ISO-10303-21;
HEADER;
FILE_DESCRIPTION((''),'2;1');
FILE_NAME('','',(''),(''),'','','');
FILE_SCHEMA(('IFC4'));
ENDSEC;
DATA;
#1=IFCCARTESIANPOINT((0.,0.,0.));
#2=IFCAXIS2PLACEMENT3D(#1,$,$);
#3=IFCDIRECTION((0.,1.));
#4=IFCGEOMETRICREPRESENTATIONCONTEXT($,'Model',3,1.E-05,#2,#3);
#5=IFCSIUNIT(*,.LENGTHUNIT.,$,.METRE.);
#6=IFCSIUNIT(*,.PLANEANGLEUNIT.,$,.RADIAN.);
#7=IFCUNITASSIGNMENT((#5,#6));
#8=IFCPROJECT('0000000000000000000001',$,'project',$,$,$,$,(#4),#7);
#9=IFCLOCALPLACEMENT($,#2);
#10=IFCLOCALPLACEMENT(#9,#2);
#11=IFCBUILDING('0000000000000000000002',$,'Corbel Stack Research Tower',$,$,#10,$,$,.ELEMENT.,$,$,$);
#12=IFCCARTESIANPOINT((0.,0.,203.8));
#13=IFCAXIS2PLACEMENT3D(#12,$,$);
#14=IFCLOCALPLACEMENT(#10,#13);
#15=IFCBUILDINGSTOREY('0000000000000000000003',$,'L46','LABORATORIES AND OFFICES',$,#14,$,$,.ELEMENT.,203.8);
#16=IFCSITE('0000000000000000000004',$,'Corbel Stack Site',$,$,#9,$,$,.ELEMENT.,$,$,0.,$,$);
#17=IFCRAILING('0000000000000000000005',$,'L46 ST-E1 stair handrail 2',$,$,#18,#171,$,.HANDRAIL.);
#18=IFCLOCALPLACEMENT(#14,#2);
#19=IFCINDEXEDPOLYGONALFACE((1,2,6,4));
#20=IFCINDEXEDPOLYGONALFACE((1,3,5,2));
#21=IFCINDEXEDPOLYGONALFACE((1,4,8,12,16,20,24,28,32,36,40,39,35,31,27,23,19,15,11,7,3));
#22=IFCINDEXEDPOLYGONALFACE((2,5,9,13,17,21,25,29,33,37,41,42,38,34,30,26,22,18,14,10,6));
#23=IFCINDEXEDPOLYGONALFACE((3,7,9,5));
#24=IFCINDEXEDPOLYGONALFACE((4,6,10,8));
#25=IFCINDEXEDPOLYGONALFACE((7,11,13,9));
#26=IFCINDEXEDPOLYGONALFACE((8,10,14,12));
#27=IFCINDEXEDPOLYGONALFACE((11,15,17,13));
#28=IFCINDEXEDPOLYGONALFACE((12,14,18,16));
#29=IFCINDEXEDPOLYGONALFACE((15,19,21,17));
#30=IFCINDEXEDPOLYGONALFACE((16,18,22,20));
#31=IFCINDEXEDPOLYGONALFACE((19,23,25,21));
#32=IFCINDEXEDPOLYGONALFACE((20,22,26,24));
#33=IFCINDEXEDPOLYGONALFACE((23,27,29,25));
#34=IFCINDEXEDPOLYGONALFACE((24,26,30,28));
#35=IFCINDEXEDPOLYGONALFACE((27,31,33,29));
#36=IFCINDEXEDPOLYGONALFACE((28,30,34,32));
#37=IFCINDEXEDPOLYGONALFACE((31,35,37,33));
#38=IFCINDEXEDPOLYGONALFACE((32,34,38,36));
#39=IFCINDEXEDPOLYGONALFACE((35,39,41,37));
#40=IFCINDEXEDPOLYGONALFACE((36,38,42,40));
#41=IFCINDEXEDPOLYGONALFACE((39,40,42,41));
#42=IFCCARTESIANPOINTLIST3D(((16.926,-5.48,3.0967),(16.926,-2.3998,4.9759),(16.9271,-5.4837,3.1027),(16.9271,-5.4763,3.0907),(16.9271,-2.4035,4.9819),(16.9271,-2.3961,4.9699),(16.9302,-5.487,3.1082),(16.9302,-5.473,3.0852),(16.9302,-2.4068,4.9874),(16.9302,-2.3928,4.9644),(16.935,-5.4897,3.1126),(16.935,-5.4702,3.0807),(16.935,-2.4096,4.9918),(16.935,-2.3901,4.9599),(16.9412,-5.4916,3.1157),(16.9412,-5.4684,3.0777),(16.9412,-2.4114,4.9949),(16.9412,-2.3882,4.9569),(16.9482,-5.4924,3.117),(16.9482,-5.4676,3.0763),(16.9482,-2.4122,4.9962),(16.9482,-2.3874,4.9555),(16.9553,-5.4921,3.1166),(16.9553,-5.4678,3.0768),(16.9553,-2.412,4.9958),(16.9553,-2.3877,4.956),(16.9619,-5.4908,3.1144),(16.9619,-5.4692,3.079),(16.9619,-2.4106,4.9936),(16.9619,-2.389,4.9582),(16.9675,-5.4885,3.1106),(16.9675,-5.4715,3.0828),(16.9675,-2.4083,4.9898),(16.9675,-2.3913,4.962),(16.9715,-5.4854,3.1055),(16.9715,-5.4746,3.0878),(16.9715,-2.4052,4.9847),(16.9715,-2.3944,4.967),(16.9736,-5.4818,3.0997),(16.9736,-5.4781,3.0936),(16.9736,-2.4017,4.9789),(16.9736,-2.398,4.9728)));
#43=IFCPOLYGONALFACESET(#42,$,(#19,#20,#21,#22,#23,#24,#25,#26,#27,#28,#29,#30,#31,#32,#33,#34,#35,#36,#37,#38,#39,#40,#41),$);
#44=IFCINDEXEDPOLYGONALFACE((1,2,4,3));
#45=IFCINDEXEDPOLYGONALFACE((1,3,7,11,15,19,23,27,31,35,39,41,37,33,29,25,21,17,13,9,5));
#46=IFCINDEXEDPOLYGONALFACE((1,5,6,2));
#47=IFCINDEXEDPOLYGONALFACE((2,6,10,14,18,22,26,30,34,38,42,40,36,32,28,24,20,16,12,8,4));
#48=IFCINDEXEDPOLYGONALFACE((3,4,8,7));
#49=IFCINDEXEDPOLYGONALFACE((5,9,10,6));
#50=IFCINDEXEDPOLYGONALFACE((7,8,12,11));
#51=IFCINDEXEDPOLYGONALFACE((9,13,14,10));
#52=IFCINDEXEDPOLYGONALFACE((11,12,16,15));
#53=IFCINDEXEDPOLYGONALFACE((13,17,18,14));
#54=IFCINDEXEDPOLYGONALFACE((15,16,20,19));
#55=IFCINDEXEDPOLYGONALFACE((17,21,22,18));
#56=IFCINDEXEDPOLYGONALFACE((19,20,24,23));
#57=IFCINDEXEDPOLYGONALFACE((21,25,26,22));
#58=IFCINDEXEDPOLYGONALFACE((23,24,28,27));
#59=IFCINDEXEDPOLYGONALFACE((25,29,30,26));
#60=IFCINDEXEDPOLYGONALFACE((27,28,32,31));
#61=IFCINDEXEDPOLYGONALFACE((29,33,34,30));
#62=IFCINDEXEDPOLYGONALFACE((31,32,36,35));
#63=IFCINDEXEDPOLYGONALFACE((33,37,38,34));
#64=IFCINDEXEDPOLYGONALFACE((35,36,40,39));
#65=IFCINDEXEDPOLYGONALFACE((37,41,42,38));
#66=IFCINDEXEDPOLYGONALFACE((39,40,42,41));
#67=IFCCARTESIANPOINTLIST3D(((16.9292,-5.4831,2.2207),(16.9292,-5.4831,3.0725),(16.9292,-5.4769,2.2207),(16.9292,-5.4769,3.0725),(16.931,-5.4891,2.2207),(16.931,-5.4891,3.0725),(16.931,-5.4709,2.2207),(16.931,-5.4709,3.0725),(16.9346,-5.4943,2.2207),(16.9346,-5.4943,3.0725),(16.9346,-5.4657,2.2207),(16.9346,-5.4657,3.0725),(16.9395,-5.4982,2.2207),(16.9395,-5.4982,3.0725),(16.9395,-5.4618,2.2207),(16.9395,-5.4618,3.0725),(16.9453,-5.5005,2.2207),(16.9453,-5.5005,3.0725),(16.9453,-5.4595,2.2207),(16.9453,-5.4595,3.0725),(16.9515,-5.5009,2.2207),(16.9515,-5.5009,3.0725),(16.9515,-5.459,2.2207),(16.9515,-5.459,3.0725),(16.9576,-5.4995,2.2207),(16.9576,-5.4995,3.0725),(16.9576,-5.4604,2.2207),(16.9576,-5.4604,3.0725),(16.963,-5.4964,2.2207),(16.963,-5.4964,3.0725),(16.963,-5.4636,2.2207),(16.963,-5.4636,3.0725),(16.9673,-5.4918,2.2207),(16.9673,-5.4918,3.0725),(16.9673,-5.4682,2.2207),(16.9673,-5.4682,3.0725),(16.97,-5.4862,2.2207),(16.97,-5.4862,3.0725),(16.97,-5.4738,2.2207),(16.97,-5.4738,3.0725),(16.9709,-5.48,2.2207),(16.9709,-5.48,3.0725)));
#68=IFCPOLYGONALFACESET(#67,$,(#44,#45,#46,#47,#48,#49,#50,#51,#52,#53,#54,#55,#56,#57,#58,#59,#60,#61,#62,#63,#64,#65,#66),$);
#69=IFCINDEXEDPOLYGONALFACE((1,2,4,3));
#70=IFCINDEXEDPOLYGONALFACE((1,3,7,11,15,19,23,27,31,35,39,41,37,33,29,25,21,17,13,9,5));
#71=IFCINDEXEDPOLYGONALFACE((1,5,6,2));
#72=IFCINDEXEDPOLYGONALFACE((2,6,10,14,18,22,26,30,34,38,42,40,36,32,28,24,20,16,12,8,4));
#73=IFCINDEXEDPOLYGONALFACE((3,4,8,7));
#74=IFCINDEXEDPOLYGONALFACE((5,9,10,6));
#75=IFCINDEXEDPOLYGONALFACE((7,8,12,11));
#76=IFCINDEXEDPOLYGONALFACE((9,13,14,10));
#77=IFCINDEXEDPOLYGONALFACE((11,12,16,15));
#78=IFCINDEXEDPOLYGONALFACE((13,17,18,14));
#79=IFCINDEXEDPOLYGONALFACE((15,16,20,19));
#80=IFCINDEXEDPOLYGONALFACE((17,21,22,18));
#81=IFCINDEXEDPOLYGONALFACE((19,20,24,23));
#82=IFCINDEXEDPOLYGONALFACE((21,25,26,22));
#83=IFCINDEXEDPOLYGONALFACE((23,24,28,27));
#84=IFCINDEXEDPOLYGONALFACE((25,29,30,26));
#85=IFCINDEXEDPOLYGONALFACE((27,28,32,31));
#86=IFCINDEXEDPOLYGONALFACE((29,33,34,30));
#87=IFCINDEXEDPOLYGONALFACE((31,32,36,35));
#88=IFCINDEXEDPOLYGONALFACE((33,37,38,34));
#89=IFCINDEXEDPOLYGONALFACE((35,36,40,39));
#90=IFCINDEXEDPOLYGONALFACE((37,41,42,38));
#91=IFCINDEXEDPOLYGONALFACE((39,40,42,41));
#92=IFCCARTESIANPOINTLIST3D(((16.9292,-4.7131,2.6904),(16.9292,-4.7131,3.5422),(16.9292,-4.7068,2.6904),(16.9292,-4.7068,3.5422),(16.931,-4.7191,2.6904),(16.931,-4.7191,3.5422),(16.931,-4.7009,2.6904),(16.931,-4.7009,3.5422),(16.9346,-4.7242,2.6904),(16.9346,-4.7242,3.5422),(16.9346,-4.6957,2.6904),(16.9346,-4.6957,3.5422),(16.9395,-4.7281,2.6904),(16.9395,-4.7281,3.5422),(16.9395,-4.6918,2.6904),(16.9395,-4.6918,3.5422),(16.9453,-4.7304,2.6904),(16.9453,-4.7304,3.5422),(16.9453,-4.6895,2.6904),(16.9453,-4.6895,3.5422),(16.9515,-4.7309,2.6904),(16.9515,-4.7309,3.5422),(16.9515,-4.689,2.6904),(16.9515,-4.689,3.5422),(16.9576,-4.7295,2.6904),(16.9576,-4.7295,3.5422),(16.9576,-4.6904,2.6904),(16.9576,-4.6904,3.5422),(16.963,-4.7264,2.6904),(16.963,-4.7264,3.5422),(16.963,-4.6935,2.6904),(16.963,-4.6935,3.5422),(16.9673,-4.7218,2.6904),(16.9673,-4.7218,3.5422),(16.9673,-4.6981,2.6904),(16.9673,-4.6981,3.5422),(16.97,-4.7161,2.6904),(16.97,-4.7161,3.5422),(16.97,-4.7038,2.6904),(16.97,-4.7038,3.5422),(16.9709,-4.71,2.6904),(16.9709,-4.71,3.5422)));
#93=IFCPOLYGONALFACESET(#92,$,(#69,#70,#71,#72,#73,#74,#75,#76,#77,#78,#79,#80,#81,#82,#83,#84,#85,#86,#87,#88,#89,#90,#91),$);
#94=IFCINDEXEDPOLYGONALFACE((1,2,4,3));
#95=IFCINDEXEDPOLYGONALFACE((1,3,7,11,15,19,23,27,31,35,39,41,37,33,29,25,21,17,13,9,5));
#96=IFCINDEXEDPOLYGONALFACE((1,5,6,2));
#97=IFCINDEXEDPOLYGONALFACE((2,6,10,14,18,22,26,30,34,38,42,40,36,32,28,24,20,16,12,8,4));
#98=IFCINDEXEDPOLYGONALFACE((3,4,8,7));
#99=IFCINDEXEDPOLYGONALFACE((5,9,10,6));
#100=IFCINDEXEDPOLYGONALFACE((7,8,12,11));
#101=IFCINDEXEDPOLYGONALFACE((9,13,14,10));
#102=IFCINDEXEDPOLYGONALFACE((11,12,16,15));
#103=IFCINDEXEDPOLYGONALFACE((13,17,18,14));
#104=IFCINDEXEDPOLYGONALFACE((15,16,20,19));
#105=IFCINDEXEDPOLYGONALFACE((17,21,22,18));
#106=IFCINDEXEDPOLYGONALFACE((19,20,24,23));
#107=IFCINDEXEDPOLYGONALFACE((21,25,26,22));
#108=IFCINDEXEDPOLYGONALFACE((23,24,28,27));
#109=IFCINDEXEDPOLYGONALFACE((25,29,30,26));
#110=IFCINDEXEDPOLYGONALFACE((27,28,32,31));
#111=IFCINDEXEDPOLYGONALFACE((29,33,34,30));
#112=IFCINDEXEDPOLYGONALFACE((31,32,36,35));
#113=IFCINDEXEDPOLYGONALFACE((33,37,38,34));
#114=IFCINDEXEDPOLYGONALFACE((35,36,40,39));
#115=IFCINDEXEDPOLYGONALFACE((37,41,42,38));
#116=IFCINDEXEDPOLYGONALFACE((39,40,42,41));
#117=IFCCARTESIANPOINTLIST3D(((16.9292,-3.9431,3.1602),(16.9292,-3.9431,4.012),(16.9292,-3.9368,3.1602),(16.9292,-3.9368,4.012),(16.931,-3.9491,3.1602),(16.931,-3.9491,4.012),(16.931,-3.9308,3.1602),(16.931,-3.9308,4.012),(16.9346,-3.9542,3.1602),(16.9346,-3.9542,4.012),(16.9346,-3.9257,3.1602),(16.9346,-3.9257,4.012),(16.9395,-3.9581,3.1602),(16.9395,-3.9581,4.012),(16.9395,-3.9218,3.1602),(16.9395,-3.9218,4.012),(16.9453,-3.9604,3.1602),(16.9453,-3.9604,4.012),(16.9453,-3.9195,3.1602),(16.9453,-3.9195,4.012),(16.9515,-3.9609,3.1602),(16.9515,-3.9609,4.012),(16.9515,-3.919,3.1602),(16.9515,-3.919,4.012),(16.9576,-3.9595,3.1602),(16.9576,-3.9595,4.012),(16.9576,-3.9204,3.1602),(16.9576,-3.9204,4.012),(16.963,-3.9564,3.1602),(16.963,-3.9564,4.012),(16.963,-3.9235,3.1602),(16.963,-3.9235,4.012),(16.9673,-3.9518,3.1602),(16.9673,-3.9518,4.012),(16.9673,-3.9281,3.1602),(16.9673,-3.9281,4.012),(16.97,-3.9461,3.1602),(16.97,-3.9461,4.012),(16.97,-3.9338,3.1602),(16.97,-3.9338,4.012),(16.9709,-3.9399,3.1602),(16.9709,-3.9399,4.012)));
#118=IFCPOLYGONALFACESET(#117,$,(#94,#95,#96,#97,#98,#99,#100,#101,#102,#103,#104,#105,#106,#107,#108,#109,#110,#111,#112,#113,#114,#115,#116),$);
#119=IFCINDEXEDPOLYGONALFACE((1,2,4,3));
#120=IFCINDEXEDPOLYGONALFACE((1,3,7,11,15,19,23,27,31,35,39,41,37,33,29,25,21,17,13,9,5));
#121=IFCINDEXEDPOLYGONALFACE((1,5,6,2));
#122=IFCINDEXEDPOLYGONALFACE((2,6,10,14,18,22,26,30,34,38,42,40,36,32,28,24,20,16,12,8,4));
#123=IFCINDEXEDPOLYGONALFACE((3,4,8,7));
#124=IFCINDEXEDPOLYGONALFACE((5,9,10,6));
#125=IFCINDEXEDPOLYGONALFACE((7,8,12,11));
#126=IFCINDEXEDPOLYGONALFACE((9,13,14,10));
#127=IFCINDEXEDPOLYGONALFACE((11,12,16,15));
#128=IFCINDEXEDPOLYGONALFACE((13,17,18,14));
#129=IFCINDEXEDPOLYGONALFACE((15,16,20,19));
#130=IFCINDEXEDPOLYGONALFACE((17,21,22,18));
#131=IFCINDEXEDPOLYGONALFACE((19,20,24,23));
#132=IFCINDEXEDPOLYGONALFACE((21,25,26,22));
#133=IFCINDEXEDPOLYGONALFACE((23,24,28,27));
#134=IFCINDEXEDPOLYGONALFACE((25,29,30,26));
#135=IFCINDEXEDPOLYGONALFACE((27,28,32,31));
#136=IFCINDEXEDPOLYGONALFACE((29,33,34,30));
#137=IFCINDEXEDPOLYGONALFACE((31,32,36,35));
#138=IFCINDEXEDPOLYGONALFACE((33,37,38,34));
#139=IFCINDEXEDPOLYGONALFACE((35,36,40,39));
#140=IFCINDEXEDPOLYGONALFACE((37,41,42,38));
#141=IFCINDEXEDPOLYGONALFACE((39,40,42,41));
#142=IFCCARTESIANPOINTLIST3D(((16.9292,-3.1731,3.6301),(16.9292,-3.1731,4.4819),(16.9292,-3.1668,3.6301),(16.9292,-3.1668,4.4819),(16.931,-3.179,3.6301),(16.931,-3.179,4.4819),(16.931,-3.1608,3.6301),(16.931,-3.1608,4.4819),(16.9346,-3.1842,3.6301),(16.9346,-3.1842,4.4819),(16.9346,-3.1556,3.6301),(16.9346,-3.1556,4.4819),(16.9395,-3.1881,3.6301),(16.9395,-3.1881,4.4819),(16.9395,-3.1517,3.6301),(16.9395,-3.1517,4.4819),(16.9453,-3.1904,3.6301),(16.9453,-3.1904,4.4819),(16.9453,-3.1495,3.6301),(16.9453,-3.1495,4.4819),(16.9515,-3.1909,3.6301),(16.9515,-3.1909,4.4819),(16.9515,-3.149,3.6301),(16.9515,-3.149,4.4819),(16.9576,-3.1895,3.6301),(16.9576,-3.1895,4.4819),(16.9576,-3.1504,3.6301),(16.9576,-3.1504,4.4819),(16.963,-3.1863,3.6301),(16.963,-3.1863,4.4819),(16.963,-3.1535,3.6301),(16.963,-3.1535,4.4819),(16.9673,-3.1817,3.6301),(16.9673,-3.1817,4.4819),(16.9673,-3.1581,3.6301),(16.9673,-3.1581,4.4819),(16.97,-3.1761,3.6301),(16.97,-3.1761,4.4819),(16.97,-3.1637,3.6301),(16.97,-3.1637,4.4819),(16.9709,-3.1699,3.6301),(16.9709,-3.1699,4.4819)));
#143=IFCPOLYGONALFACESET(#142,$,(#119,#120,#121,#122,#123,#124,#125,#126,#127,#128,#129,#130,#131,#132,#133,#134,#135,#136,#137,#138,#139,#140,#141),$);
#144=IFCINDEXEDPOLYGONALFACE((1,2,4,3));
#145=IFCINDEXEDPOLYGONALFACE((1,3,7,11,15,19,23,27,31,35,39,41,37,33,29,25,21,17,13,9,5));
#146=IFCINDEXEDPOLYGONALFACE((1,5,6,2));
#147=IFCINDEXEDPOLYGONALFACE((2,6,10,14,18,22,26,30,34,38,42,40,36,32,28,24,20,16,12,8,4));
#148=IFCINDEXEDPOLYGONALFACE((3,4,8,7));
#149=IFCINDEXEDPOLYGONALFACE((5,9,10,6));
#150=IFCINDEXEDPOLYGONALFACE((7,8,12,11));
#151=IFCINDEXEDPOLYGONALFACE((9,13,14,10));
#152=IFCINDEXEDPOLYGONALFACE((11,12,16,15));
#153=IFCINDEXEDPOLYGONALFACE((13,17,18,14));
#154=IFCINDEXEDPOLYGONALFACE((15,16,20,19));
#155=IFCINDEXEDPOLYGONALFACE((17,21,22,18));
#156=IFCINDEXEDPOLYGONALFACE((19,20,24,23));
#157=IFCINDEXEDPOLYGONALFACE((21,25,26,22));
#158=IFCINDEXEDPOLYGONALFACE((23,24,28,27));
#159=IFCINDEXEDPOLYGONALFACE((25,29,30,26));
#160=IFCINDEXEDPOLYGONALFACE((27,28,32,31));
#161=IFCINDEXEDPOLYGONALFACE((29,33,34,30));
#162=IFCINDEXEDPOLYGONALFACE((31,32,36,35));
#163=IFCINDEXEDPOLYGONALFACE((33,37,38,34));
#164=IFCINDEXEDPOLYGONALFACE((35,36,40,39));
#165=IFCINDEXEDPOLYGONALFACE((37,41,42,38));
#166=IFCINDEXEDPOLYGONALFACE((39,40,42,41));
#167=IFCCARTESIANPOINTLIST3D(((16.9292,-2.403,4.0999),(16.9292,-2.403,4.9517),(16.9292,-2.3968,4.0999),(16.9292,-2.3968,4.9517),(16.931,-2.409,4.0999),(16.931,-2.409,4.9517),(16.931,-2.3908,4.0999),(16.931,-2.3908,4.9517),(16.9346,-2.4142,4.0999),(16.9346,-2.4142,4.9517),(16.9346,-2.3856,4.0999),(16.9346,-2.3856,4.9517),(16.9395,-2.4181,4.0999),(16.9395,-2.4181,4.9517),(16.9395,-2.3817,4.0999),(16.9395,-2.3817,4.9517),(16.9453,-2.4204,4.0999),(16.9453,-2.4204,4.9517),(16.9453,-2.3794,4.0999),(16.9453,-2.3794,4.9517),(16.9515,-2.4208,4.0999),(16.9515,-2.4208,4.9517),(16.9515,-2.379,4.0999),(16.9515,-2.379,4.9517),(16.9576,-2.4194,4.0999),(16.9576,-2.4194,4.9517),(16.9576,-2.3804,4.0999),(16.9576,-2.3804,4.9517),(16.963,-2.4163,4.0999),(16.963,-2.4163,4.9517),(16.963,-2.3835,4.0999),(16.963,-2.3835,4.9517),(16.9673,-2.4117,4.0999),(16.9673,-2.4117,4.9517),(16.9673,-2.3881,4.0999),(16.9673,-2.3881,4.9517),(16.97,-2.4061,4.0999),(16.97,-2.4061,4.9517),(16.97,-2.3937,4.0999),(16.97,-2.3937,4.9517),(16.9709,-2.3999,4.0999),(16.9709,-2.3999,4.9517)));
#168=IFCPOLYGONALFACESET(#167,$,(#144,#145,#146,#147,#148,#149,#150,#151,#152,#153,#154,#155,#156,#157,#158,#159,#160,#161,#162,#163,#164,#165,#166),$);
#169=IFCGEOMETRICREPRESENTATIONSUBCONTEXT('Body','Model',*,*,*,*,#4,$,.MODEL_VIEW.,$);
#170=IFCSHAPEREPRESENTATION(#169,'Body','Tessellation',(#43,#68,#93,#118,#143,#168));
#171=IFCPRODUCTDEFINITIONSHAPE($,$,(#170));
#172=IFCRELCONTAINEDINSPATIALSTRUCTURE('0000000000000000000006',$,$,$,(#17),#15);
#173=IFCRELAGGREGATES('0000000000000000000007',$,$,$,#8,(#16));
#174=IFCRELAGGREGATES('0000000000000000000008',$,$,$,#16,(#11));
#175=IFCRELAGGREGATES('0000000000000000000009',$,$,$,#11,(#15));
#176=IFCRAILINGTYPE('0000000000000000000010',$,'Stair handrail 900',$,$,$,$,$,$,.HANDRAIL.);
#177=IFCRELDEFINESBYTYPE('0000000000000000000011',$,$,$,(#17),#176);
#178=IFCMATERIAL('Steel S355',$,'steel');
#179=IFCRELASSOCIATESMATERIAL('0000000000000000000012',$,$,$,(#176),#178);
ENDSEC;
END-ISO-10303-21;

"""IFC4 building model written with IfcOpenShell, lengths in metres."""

from ifc_helpers import new_model, si_unit, direction, frame, origin, origin_2d, place, context, subcontext, project, spatial, circle, extrude, material, type_object, element, save


model = new_model("IFC4")

# Units and contexts
model_context = context("Model", 3, precision=1e-05, world=origin(), true_north=direction((0.0, 1.0)))
body_context = subcontext(model_context, "Body", "Model", "MODEL_VIEW")
ifc_project = project(units=[si_unit("LENGTHUNIT", "METRE"), si_unit("PLANEANGLEUNIT", "RADIAN")], contexts=[model_context])

# Site, building, storey
site_placement = place(None, origin())
site = spatial("IfcSite", under=ifc_project, at=site_placement, Name="Corbel Stack Site", CompositionType="ELEMENT", RefElevation=0.0)
building_placement = place(site_placement, origin())
building = spatial("IfcBuilding", under=site, at=building_placement, Name="Corbel Stack Research Tower", CompositionType="ELEMENT")
storey_placement = place(building_placement, frame((0.0, 0.0, 203.8)))
storey = spatial("IfcBuildingStorey", under=building, at=storey_placement, Name="L46", Description="LABORATORIES AND OFFICES", CompositionType="ELEMENT", Elevation=203.8)

# Railing
ifc_material_1 = material(Name="Steel S355", Category="steel")
railing_type_1 = type_object("IfcRailingType", Name="Stair handrail 900", PredefinedType="HANDRAIL", material=ifc_material_1)
railing_1_placement = place(storey_placement, frame((16.95, -5.48, 2.2207)))
element("IfcRailing", 1, at=railing_1_placement, inside=storey, type_object=railing_type_1, Name="L46 ST-E1 stair handrail 2", PredefinedType="HANDRAIL", context=body_context, shape_type="SweptSolid", body=[
    extrude(circle(Radius=0.0239, at=origin_2d()), frame((0.0, 0.0, 0.876), z_axis=(0.0, 0.853666, 0.52082), x_axis=(-1.0, 0.0, 0.0)), (0.0, 0.0, 1.0), 3.6082),
    extrude(circle(Radius=0.021, at=origin_2d()), origin(), (0.0, 0.0, 1.0), 0.8518),
    extrude(circle(Radius=0.021, at=origin_2d()), frame((0.0, 0.77, 0.4697)), (0.0, 0.0, 1.0), 0.8518),
    extrude(circle(Radius=0.021, at=origin_2d()), frame((0.0, 1.54, 0.9395)), (0.0, 0.0, 1.0), 0.8518),
    extrude(circle(Radius=0.021, at=origin_2d()), frame((0.0, 2.3101, 1.4094)), (0.0, 0.0, 1.0), 0.8518),
    extrude(circle(Radius=0.021, at=origin_2d()), frame((0.0, 3.0801, 1.8792)), (0.0, 0.0, 1.0), 0.8518),
])

save(model, "model.ifc")
